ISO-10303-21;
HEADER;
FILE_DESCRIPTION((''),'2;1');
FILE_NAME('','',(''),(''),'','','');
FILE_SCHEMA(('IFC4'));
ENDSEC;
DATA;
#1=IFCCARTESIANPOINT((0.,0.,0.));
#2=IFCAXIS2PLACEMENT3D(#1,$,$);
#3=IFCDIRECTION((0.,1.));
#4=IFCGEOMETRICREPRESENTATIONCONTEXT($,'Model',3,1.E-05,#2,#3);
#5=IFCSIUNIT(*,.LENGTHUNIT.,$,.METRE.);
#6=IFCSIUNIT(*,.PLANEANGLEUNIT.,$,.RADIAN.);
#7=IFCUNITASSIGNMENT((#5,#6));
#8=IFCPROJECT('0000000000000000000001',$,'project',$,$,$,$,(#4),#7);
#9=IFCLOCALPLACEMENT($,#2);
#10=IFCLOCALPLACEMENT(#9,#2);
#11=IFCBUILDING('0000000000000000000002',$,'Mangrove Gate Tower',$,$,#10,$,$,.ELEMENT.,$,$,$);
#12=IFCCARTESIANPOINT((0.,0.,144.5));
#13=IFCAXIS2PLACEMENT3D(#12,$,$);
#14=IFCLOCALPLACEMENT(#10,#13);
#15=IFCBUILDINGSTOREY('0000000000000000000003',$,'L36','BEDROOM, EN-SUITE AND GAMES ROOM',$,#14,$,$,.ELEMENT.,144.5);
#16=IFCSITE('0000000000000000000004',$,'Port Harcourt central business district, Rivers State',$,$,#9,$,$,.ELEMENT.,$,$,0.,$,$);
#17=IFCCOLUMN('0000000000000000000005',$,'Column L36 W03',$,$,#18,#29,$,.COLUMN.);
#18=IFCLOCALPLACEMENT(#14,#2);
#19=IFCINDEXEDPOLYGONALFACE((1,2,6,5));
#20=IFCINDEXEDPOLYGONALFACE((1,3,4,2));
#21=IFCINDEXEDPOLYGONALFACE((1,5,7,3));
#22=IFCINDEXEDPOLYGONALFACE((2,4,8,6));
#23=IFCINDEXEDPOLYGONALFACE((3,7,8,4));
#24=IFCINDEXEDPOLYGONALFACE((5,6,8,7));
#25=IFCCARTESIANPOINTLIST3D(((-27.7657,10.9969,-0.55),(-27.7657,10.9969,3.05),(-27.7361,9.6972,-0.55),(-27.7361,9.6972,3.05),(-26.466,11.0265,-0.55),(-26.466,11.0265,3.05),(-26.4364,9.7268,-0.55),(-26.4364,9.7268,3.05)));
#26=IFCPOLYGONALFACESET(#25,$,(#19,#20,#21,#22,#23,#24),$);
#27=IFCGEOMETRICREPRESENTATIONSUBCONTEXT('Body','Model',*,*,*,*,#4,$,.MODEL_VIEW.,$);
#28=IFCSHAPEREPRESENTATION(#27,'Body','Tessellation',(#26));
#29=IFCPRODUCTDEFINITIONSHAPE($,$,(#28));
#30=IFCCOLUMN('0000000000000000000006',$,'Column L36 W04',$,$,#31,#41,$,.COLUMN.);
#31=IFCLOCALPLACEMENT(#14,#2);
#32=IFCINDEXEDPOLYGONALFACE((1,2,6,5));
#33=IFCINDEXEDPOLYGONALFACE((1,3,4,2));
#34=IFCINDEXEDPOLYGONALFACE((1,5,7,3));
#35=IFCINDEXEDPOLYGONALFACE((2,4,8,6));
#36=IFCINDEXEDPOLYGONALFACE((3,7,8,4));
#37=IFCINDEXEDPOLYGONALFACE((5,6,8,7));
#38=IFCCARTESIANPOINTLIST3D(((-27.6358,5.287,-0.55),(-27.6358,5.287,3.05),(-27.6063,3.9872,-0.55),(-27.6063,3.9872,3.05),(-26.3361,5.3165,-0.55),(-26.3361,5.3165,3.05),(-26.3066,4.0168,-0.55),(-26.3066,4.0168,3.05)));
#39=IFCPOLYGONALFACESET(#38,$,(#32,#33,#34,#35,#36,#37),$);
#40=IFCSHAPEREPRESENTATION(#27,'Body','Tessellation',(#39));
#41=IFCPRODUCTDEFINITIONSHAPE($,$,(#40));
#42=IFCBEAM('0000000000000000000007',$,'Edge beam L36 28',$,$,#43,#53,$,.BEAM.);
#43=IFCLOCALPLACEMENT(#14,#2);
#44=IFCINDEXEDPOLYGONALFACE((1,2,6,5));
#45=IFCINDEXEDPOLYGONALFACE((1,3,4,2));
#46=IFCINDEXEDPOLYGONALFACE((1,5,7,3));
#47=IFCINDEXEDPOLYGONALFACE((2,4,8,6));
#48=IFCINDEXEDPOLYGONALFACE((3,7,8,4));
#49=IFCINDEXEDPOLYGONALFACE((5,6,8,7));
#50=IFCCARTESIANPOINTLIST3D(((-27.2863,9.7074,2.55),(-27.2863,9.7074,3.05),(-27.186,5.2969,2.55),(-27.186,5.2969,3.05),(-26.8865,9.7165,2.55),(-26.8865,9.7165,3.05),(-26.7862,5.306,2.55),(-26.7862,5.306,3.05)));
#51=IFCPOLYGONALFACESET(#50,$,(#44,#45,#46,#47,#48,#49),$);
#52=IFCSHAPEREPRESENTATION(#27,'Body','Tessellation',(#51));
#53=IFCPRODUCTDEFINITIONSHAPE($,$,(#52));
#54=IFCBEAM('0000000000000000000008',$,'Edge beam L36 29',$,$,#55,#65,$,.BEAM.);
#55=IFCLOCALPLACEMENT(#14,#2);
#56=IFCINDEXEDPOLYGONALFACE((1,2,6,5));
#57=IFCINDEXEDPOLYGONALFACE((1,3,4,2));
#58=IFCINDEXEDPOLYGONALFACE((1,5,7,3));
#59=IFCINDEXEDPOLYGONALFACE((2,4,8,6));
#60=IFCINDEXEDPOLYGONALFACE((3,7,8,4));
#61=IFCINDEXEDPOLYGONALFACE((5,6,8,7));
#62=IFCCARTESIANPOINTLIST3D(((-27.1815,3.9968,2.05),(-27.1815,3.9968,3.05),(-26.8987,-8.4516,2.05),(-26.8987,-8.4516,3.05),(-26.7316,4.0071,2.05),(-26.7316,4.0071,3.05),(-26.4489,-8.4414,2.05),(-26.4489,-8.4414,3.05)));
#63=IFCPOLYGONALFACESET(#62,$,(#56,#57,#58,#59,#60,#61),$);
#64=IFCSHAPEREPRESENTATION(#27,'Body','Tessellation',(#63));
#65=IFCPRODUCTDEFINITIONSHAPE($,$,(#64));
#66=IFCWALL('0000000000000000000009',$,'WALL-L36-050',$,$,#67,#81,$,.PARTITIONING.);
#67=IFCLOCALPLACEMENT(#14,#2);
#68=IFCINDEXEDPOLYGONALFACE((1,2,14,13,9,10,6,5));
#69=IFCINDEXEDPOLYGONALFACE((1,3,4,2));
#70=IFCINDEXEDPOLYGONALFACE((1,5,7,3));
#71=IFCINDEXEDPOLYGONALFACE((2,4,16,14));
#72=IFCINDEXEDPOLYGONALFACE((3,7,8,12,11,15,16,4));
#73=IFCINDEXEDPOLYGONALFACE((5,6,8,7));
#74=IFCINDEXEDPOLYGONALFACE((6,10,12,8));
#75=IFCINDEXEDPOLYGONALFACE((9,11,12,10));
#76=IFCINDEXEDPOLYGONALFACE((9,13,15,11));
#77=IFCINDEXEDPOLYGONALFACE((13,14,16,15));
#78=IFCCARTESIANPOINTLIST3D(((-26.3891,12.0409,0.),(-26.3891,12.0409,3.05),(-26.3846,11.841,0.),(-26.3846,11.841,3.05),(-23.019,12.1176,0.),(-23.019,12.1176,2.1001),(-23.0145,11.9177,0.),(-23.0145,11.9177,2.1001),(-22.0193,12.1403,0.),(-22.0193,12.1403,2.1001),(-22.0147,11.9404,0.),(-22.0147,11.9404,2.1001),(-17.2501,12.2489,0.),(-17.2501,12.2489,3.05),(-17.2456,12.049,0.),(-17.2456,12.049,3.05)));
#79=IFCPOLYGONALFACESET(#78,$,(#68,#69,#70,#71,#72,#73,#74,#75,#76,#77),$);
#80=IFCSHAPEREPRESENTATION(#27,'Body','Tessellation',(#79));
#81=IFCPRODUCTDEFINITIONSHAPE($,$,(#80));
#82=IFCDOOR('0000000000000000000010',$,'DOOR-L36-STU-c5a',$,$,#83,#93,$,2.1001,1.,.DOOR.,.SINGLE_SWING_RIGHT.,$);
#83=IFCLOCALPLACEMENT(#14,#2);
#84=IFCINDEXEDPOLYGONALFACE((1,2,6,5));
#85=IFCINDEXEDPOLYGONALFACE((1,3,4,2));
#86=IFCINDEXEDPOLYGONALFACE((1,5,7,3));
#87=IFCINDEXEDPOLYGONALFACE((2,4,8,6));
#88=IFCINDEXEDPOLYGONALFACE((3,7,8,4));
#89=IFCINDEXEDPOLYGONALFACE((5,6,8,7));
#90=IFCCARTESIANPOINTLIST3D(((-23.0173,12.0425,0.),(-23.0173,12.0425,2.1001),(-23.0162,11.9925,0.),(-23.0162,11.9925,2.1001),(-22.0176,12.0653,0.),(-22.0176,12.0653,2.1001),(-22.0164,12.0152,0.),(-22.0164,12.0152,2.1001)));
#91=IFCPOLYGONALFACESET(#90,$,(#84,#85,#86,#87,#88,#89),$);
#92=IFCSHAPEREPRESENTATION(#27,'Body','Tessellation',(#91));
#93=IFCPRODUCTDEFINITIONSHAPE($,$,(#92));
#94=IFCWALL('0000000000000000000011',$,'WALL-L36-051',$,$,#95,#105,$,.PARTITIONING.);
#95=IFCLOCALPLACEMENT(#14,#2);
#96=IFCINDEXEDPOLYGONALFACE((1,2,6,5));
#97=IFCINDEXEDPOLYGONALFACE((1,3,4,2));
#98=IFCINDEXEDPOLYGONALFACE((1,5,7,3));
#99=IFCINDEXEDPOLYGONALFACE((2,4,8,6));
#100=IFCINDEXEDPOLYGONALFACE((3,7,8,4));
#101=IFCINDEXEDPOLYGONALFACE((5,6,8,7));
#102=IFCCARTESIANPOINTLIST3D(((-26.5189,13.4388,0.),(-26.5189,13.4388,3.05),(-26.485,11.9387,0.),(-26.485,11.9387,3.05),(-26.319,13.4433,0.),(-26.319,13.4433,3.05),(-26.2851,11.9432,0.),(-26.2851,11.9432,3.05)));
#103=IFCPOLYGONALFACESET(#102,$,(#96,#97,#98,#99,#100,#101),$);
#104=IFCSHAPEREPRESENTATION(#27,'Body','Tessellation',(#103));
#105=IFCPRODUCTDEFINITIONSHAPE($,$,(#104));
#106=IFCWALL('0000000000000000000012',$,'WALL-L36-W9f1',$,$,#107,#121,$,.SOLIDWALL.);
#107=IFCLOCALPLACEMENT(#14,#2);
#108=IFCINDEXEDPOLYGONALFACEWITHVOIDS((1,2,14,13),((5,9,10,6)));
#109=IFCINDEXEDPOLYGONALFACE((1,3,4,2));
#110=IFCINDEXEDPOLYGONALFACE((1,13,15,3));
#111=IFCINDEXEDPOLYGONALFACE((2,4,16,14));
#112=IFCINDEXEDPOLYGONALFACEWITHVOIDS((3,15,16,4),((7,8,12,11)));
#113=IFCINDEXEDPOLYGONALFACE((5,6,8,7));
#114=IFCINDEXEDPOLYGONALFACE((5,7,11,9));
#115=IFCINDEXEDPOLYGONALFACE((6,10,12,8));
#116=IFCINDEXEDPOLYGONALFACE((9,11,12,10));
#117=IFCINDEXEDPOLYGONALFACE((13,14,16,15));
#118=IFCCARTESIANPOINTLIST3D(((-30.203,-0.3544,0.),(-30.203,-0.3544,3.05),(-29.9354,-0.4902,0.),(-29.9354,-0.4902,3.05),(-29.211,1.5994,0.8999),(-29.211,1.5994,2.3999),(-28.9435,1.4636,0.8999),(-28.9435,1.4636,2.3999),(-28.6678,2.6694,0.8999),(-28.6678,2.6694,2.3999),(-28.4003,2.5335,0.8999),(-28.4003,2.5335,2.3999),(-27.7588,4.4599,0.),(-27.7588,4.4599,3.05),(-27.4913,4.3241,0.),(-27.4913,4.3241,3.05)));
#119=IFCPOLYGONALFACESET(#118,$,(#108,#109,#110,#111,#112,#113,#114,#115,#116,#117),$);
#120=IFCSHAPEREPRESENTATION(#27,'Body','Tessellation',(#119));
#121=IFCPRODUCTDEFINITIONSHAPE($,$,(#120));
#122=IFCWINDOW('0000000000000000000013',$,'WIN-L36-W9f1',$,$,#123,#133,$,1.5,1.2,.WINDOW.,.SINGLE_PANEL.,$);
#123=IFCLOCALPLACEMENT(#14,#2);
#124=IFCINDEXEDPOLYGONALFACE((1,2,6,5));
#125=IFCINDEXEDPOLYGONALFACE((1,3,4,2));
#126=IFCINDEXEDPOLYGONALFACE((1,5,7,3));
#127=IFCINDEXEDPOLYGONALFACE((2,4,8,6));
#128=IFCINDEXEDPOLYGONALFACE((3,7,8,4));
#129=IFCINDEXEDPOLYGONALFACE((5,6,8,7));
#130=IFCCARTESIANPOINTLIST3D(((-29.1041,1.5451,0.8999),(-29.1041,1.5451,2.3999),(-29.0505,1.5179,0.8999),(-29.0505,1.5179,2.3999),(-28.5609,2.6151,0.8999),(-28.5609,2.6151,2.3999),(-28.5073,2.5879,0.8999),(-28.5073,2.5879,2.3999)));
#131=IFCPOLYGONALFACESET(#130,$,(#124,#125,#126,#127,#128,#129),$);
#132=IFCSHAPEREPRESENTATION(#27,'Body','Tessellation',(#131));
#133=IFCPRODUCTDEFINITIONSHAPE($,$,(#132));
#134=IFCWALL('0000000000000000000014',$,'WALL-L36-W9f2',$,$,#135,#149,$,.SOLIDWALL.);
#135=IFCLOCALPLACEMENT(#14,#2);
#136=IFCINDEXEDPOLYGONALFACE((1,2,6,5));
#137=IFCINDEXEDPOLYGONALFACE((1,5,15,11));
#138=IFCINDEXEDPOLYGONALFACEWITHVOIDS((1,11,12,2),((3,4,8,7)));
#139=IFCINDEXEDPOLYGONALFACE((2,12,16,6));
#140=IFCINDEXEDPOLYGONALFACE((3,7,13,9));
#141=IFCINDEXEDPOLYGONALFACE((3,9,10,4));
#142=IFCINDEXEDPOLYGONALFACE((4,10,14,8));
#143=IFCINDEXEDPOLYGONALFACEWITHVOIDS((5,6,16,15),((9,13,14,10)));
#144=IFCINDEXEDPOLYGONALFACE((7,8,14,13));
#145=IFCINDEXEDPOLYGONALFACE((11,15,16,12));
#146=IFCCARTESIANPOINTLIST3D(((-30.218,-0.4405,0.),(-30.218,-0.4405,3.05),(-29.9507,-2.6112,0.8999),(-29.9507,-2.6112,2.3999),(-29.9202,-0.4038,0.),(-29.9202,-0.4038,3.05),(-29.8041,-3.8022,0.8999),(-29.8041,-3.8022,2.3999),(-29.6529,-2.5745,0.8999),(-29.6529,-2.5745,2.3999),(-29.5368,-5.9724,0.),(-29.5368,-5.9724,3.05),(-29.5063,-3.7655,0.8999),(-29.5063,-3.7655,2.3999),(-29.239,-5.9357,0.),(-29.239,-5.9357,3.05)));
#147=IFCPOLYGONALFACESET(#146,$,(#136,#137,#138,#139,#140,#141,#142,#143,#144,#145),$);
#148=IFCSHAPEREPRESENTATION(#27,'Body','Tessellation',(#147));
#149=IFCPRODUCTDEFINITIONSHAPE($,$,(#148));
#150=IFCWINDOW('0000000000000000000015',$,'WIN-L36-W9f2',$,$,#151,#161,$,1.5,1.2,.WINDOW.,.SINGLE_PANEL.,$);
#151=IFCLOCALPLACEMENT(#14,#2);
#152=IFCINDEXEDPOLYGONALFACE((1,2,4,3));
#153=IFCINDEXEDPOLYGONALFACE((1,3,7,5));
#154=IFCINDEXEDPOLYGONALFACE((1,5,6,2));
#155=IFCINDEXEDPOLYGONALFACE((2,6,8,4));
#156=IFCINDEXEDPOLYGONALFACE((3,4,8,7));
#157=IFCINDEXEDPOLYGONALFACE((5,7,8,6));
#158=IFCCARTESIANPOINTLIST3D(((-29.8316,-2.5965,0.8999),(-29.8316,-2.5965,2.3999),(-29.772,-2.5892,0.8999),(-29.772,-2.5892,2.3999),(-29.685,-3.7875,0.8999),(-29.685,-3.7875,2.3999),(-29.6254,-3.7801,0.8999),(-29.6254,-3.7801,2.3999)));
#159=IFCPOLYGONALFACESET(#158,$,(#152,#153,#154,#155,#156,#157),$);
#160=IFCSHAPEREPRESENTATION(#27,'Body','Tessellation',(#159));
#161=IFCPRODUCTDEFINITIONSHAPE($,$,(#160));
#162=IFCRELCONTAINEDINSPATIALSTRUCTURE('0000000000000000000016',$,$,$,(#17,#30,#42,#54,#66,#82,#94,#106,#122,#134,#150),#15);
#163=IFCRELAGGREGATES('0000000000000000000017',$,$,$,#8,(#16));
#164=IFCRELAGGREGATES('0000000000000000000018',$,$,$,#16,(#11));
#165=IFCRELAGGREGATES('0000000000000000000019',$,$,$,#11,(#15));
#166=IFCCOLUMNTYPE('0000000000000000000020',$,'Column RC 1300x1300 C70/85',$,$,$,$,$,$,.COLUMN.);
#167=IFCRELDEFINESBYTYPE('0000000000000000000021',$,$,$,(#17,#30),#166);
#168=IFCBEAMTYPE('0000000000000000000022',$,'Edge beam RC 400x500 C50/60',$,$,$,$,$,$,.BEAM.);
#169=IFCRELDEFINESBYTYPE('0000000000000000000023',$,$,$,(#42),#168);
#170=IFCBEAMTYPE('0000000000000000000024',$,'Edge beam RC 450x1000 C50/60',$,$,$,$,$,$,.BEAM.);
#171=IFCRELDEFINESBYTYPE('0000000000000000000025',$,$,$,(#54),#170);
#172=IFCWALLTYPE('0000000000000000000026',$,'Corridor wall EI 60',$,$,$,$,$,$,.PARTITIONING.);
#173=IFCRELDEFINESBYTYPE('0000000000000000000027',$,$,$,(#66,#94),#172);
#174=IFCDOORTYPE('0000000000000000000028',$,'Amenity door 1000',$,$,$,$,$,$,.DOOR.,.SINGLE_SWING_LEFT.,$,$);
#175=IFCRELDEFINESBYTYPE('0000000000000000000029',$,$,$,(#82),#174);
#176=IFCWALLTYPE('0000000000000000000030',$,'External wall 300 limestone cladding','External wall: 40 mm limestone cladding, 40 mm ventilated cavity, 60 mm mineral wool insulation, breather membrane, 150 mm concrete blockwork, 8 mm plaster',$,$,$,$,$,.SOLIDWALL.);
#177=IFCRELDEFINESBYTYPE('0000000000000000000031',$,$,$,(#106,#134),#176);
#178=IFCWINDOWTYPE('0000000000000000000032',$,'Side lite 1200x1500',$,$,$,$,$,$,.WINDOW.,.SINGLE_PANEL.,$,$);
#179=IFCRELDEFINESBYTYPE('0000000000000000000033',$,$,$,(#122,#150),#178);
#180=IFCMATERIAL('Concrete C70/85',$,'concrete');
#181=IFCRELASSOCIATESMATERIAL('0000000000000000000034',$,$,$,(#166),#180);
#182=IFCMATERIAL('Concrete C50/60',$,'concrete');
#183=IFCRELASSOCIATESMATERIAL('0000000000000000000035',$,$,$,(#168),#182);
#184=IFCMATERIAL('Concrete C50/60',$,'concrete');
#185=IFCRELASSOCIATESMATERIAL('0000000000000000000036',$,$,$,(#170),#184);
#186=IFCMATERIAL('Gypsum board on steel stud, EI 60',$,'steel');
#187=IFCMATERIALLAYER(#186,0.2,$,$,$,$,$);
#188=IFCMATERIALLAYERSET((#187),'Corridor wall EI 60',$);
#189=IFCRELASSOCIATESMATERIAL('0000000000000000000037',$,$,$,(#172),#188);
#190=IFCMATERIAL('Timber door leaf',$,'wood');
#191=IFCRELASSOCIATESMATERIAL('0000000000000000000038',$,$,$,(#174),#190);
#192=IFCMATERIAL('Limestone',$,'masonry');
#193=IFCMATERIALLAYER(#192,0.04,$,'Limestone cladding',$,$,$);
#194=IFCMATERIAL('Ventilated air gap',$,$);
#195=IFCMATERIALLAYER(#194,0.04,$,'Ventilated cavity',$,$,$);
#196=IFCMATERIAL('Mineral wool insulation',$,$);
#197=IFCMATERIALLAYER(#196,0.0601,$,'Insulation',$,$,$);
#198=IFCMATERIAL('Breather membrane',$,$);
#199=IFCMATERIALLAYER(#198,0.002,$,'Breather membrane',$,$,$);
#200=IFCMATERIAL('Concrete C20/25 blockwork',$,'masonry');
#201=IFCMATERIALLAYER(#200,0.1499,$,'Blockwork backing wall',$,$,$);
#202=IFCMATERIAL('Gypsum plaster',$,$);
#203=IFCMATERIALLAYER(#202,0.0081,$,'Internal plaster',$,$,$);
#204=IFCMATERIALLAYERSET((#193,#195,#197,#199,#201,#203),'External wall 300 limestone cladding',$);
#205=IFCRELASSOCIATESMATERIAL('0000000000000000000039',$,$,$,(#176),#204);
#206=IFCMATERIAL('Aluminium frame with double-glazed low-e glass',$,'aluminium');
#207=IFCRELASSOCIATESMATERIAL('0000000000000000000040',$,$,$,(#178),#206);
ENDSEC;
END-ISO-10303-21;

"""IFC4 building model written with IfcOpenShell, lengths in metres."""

from ifc_helpers import new_model, si_unit, direction, frame, frame_2d, origin, origin_2d, place, context, subcontext, project, spatial, rectangle, extrude, material, layer, layer_set, material_profile, profile_set, type_object, element, fill, save


model = new_model("IFC4")

# Units and contexts
model_context = context("Model", 3, precision=1e-05, world=origin(), true_north=direction((0.0, 1.0)))
body_context = subcontext(model_context, "Body", "Model", "MODEL_VIEW")
ifc_project = project(units=[si_unit("LENGTHUNIT", "METRE"), si_unit("PLANEANGLEUNIT", "RADIAN")], contexts=[model_context])

# Site, building, storey
site_placement = place(None, origin())
site = spatial("IfcSite", under=ifc_project, at=site_placement, Name="Port Harcourt central business district, Rivers State", CompositionType="ELEMENT", RefElevation=0.0)
building_placement = place(site_placement, origin())
building = spatial("IfcBuilding", under=site, at=building_placement, Name="Mangrove Gate Tower", CompositionType="ELEMENT")
storey_placement = place(building_placement, frame((0.0, 0.0, 144.5)))
storey = spatial("IfcBuildingStorey", under=building, at=storey_placement, Name="L36", Description="BEDROOM, EN-SUITE AND GAMES ROOM", CompositionType="ELEMENT", Elevation=144.5)

# Columns
ifc_material_1 = material(Name="Concrete C70/85", Category="concrete")
ifc_material_profile_1 = material_profile(ifc_material_1, rectangle(XDim=1.3, YDim=1.3, at=origin_2d()))
ifc_profile_set_1 = profile_set([ifc_material_profile_1], Name="Concrete C70/85")
column_type = type_object("IfcColumnType", Name="Column RC 1300x1300 C70/85", PredefinedType="COLUMN", material=ifc_profile_set_1)
for number, where, z_axis, x_axis, name in (
    (1, (-27.1011, 10.3618, -0.55), (0.0, 0.0, 1.0), (0.022759, -0.999741, 0.0), "Column L36 W03"),
    (2, (-26.9712, 4.6519, -0.55), (0.0, 0.0, 1.0), (0.02271, -0.999742, 0.0), "Column L36 W04"),
):
    element("IfcColumn", number, at=place(storey_placement, frame(where, z_axis=z_axis, x_axis=x_axis)), inside=storey, type_object=column_type, Name=name, PredefinedType="COLUMN", context=body_context, shape_type="SweptSolid", body=[
        extrude(rectangle(XDim=1.3, YDim=1.3, at=origin_2d()), origin(), (0.0, 0.0, 1.0), 3.6001),
    ])

# Beams
ifc_material_2 = material(Name="Concrete C50/60", Category="concrete")
ifc_material_profile_2 = material_profile(ifc_material_2, rectangle(XDim=0.3999, YDim=0.5, at=origin_2d()))
ifc_profile_set_2 = profile_set([ifc_material_profile_2], Name="Concrete C50/60")
beam_type_1 = type_object("IfcBeamType", Name="Edge beam RC 400x500 C50/60", PredefinedType="BEAM", material=ifc_profile_set_2)
beam_1_placement = place(storey_placement, frame((-27.0864, 9.7119, 2.8), z_axis=(0.022745, -0.999741, 0.0), x_axis=(0.999741, 0.022745, 0.0)))
element("IfcBeam", 3, at=beam_1_placement, inside=storey, type_object=beam_type_1, Name="Edge beam L36 28", PredefinedType="BEAM", context=body_context, shape_type="SweptSolid", body=[
    extrude(rectangle(XDim=0.3999, YDim=0.5, at=origin_2d()), origin(), (0.0, 0.0, 1.0), 4.4116),
])
ifc_material_3 = material(Name="Concrete C50/60", Category="concrete")
ifc_material_profile_3 = material_profile(ifc_material_3, rectangle(XDim=0.45, YDim=1.0, at=origin_2d()))
ifc_profile_set_3 = profile_set([ifc_material_profile_3], Name="Concrete C50/60")
beam_type_2 = type_object("IfcBeamType", Name="Edge beam RC 450x1000 C50/60", PredefinedType="BEAM", material=ifc_profile_set_3)
beam_2_placement = place(storey_placement, frame((-26.9565, 4.002, 2.55), z_axis=(0.022705, -0.999742, 0.0), x_axis=(0.999742, 0.022705, 0.0)))
element("IfcBeam", 4, at=beam_2_placement, inside=storey, type_object=beam_type_2, Name="Edge beam L36 29", PredefinedType="BEAM", context=body_context, shape_type="SweptSolid", body=[
    extrude(rectangle(XDim=0.45, YDim=1.0, at=origin_2d()), origin(), (0.0, 0.0, 1.0), 12.4517),
])

# Wall, opening, door
ifc_material_4 = material(Name="Gypsum board on steel stud, EI 60", Category="steel")
ifc_layer_1 = layer(ifc_material_4, 0.2)
ifc_layer_set_1 = layer_set([ifc_layer_1], Name="Corridor wall EI 60")
wall_type_1 = type_object("IfcWallType", Name="Corridor wall EI 60", PredefinedType="PARTITIONING", material=ifc_layer_set_1)
wall_1_placement = place(storey_placement, frame((-26.387, 11.9409, 0.0), z_axis=(0.0, 0.0, 1.0), x_axis=(0.999741, 0.022755, 0.0)))
wall_1 = element("IfcWall", 5, at=wall_1_placement, inside=storey, type_object=wall_type_1, Name="WALL-L36-050", PredefinedType="PARTITIONING", context=body_context, shape_type="SweptSolid", body=[
    extrude(rectangle(XDim=9.1414, YDim=0.2, at=frame_2d((4.5708, 0.0))), origin(), (0.0, 0.0, 1.0), 3.05),
])
opening_1_placement = place(wall_1_placement, frame((3.3711, 0.0, 0.0)))
opening_1 = element("IfcOpeningElement", 6, at=opening_1_placement, cuts=wall_1, PredefinedType="OPENING", context=body_context, shape_type="SweptSolid", body=[
    extrude(rectangle(XDim=1.0, YDim=2.1001, at=frame_2d((0.5, 1.05))), frame((0.0, 0.1099, 0.0), z_axis=(0.0, -1.0, 0.0), x_axis=(1.0, 0.0, 0.0)), (0.0, 0.0, 1.0), 0.22),
])
ifc_material_5 = material(Name="Timber door leaf", Category="wood")
door_type = type_object("IfcDoorType", Name="Amenity door 1000", OperationType="SINGLE_SWING_LEFT", PredefinedType="DOOR", material=ifc_material_5)
door_placement = place(opening_1_placement, origin())
door = element("IfcDoor", 7, at=door_placement, inside=storey, type_object=door_type, Name="DOOR-L36-STU-c5a", OperationType="SINGLE_SWING_RIGHT", OverallHeight=2.1001, OverallWidth=1.0, PredefinedType="DOOR", context=body_context, shape_type="SweptSolid", body=[
    extrude(rectangle(XDim=1.0, YDim=2.1001, at=frame_2d((0.5, 1.05))), frame((0.0, 0.0249, 0.0), z_axis=(0.0, -1.0, 0.0), x_axis=(1.0, 0.0, 0.0)), (0.0, 0.0, 1.0), 0.05),
])
fill(opening_1, door)

# Wall
wall_2_placement = place(storey_placement, frame((-26.385, 11.9409, 0.0), z_axis=(0.0, 0.0, 1.0), x_axis=(-0.022618, 0.999744, 0.0)))
element("IfcWall", 8, at=wall_2_placement, inside=storey, type_object=wall_type_1, Name="WALL-L36-051", PredefinedType="PARTITIONING", context=body_context, shape_type="SweptSolid", body=[
    extrude(rectangle(XDim=1.5005, YDim=0.2, at=frame_2d((0.7502, 0.0))), origin(), (0.0, 0.0, 1.0), 3.05),
])

# Walls, openings, windows
ifc_material_6 = material(Name="Limestone", Category="masonry")
ifc_layer_2 = layer(ifc_material_6, 0.04, Name="Limestone cladding")
ifc_material_7 = material(Name="Ventilated air gap")
ifc_layer_3 = layer(ifc_material_7, 0.04, Name="Ventilated cavity")
ifc_material_8 = material(Name="Mineral wool insulation")
ifc_layer_4 = layer(ifc_material_8, 0.0601, Name="Insulation")
ifc_material_9 = material(Name="Breather membrane")
ifc_layer_5 = layer(ifc_material_9, 0.002, Name="Breather membrane")
ifc_material_10 = material(Name="Concrete C20/25 blockwork", Category="masonry")
ifc_layer_6 = layer(ifc_material_10, 0.1499, Name="Blockwork backing wall")
ifc_material_11 = material(Name="Gypsum plaster")
ifc_layer_7 = layer(ifc_material_11, 0.0081, Name="Internal plaster")
ifc_layer_set_2 = layer_set([ifc_layer_2, ifc_layer_3, ifc_layer_4, ifc_layer_5, ifc_layer_6, ifc_layer_7], Name="External wall 300 limestone cladding")
wall_type_2 = type_object("IfcWallType", Name="External wall 300 limestone cladding", Description="External wall: 40 mm limestone cladding, 40 mm ventilated cavity, 60 mm mineral wool insulation, breather membrane, 150 mm concrete blockwork, 8 mm plaster", PredefinedType="SOLIDWALL", material=ifc_layer_set_2)
wall_3_placement = place(storey_placement, frame((-27.625, 4.3921, 0.0), z_axis=(0.0, 0.0, 1.0), x_axis=(-0.452686, -0.89167, 0.0)))
wall_3 = element("IfcWall", 9, at=wall_3_placement, inside=storey, type_object=wall_type_2, Name="WALL-L36-W9f1", PredefinedType="SOLIDWALL", context=body_context, shape_type="SweptSolid", body=[
    extrude(rectangle(XDim=5.3992, YDim=0.3, at=frame_2d((2.6997, 0.0))), origin(), (0.0, 0.0, 1.0), 3.05),
])
opening_2_placement = place(wall_3_placement, frame((2.0081, 0.0, 0.8999)))
opening_2 = element("IfcOpeningElement", 10, at=opening_2_placement, cuts=wall_3, PredefinedType="OPENING", context=body_context, shape_type="SweptSolid", body=[
    extrude(rectangle(XDim=1.2, YDim=1.5, at=frame_2d((0.6001, 0.75))), frame((0.0, 0.1599, 0.0), z_axis=(0.0, -1.0, 0.0), x_axis=(1.0, 0.0, 0.0)), (0.0, 0.0, 1.0), 0.3201),
])
ifc_material_12 = material(Name="Aluminium frame with double-glazed low-e glass", Category="aluminium")
window_type = type_object("IfcWindowType", Name="Side lite 1200x1500", PartitioningType="SINGLE_PANEL", PredefinedType="WINDOW", material=ifc_material_12)
window_1_placement = place(opening_2_placement, origin())
window_1 = element("IfcWindow", 11, at=window_1_placement, inside=storey, type_object=window_type, Name="WIN-L36-W9f1", OverallHeight=1.5, OverallWidth=1.2, PartitioningType="SINGLE_PANEL", PredefinedType="WINDOW", context=body_context, shape_type="SweptSolid", body=[
    extrude(rectangle(XDim=1.2, YDim=1.5, at=frame_2d((0.6001, 0.75))), frame((0.0, 0.03, 0.0), z_axis=(0.0, -1.0, 0.0), x_axis=(1.0, 0.0, 0.0)), (0.0, 0.0, 1.0), 0.0601),
])
fill(opening_2, window_1)
wall_4_placement = place(storey_placement, frame((-30.0691, -0.4221, 0.0), z_axis=(0.0, 0.0, 1.0), x_axis=(0.122207, -0.992505, 0.0)))
wall_4 = element("IfcWall", 12, at=wall_4_placement, inside=storey, type_object=wall_type_2, Name="WALL-L36-W9f2", PredefinedType="SOLIDWALL", context=body_context, shape_type="SweptSolid", body=[
    extrude(rectangle(XDim=5.5737, YDim=0.3, at=frame_2d((2.7869, 0.0))), origin(), (0.0, 0.0, 1.0), 3.05),
])
opening_3_placement = place(wall_4_placement, frame((2.187, 0.0, 0.8999)))
opening_3 = element("IfcOpeningElement", 13, at=opening_3_placement, cuts=wall_4, PredefinedType="OPENING", context=body_context, shape_type="SweptSolid", body=[
    extrude(rectangle(XDim=1.2, YDim=1.5, at=frame_2d((0.6001, 0.75))), frame((0.0, 0.1599, 0.0), z_axis=(0.0, -1.0, 0.0), x_axis=(1.0, 0.0, 0.0)), (0.0, 0.0, 1.0), 0.3201),
])
window_2_placement = place(opening_3_placement, origin())
window_2 = element("IfcWindow", 14, at=window_2_placement, inside=storey, type_object=window_type, Name="WIN-L36-W9f2", OverallHeight=1.5, OverallWidth=1.2, PartitioningType="SINGLE_PANEL", PredefinedType="WINDOW", context=body_context, shape_type="SweptSolid", body=[
    extrude(rectangle(XDim=1.2, YDim=1.5, at=frame_2d((0.6001, 0.75))), frame((0.0, 0.03, 0.0), z_axis=(0.0, -1.0, 0.0), x_axis=(1.0, 0.0, 0.0)), (0.0, 0.0, 1.0), 0.0601),
])
fill(opening_3, window_2)

save(model, "model.ifc")
